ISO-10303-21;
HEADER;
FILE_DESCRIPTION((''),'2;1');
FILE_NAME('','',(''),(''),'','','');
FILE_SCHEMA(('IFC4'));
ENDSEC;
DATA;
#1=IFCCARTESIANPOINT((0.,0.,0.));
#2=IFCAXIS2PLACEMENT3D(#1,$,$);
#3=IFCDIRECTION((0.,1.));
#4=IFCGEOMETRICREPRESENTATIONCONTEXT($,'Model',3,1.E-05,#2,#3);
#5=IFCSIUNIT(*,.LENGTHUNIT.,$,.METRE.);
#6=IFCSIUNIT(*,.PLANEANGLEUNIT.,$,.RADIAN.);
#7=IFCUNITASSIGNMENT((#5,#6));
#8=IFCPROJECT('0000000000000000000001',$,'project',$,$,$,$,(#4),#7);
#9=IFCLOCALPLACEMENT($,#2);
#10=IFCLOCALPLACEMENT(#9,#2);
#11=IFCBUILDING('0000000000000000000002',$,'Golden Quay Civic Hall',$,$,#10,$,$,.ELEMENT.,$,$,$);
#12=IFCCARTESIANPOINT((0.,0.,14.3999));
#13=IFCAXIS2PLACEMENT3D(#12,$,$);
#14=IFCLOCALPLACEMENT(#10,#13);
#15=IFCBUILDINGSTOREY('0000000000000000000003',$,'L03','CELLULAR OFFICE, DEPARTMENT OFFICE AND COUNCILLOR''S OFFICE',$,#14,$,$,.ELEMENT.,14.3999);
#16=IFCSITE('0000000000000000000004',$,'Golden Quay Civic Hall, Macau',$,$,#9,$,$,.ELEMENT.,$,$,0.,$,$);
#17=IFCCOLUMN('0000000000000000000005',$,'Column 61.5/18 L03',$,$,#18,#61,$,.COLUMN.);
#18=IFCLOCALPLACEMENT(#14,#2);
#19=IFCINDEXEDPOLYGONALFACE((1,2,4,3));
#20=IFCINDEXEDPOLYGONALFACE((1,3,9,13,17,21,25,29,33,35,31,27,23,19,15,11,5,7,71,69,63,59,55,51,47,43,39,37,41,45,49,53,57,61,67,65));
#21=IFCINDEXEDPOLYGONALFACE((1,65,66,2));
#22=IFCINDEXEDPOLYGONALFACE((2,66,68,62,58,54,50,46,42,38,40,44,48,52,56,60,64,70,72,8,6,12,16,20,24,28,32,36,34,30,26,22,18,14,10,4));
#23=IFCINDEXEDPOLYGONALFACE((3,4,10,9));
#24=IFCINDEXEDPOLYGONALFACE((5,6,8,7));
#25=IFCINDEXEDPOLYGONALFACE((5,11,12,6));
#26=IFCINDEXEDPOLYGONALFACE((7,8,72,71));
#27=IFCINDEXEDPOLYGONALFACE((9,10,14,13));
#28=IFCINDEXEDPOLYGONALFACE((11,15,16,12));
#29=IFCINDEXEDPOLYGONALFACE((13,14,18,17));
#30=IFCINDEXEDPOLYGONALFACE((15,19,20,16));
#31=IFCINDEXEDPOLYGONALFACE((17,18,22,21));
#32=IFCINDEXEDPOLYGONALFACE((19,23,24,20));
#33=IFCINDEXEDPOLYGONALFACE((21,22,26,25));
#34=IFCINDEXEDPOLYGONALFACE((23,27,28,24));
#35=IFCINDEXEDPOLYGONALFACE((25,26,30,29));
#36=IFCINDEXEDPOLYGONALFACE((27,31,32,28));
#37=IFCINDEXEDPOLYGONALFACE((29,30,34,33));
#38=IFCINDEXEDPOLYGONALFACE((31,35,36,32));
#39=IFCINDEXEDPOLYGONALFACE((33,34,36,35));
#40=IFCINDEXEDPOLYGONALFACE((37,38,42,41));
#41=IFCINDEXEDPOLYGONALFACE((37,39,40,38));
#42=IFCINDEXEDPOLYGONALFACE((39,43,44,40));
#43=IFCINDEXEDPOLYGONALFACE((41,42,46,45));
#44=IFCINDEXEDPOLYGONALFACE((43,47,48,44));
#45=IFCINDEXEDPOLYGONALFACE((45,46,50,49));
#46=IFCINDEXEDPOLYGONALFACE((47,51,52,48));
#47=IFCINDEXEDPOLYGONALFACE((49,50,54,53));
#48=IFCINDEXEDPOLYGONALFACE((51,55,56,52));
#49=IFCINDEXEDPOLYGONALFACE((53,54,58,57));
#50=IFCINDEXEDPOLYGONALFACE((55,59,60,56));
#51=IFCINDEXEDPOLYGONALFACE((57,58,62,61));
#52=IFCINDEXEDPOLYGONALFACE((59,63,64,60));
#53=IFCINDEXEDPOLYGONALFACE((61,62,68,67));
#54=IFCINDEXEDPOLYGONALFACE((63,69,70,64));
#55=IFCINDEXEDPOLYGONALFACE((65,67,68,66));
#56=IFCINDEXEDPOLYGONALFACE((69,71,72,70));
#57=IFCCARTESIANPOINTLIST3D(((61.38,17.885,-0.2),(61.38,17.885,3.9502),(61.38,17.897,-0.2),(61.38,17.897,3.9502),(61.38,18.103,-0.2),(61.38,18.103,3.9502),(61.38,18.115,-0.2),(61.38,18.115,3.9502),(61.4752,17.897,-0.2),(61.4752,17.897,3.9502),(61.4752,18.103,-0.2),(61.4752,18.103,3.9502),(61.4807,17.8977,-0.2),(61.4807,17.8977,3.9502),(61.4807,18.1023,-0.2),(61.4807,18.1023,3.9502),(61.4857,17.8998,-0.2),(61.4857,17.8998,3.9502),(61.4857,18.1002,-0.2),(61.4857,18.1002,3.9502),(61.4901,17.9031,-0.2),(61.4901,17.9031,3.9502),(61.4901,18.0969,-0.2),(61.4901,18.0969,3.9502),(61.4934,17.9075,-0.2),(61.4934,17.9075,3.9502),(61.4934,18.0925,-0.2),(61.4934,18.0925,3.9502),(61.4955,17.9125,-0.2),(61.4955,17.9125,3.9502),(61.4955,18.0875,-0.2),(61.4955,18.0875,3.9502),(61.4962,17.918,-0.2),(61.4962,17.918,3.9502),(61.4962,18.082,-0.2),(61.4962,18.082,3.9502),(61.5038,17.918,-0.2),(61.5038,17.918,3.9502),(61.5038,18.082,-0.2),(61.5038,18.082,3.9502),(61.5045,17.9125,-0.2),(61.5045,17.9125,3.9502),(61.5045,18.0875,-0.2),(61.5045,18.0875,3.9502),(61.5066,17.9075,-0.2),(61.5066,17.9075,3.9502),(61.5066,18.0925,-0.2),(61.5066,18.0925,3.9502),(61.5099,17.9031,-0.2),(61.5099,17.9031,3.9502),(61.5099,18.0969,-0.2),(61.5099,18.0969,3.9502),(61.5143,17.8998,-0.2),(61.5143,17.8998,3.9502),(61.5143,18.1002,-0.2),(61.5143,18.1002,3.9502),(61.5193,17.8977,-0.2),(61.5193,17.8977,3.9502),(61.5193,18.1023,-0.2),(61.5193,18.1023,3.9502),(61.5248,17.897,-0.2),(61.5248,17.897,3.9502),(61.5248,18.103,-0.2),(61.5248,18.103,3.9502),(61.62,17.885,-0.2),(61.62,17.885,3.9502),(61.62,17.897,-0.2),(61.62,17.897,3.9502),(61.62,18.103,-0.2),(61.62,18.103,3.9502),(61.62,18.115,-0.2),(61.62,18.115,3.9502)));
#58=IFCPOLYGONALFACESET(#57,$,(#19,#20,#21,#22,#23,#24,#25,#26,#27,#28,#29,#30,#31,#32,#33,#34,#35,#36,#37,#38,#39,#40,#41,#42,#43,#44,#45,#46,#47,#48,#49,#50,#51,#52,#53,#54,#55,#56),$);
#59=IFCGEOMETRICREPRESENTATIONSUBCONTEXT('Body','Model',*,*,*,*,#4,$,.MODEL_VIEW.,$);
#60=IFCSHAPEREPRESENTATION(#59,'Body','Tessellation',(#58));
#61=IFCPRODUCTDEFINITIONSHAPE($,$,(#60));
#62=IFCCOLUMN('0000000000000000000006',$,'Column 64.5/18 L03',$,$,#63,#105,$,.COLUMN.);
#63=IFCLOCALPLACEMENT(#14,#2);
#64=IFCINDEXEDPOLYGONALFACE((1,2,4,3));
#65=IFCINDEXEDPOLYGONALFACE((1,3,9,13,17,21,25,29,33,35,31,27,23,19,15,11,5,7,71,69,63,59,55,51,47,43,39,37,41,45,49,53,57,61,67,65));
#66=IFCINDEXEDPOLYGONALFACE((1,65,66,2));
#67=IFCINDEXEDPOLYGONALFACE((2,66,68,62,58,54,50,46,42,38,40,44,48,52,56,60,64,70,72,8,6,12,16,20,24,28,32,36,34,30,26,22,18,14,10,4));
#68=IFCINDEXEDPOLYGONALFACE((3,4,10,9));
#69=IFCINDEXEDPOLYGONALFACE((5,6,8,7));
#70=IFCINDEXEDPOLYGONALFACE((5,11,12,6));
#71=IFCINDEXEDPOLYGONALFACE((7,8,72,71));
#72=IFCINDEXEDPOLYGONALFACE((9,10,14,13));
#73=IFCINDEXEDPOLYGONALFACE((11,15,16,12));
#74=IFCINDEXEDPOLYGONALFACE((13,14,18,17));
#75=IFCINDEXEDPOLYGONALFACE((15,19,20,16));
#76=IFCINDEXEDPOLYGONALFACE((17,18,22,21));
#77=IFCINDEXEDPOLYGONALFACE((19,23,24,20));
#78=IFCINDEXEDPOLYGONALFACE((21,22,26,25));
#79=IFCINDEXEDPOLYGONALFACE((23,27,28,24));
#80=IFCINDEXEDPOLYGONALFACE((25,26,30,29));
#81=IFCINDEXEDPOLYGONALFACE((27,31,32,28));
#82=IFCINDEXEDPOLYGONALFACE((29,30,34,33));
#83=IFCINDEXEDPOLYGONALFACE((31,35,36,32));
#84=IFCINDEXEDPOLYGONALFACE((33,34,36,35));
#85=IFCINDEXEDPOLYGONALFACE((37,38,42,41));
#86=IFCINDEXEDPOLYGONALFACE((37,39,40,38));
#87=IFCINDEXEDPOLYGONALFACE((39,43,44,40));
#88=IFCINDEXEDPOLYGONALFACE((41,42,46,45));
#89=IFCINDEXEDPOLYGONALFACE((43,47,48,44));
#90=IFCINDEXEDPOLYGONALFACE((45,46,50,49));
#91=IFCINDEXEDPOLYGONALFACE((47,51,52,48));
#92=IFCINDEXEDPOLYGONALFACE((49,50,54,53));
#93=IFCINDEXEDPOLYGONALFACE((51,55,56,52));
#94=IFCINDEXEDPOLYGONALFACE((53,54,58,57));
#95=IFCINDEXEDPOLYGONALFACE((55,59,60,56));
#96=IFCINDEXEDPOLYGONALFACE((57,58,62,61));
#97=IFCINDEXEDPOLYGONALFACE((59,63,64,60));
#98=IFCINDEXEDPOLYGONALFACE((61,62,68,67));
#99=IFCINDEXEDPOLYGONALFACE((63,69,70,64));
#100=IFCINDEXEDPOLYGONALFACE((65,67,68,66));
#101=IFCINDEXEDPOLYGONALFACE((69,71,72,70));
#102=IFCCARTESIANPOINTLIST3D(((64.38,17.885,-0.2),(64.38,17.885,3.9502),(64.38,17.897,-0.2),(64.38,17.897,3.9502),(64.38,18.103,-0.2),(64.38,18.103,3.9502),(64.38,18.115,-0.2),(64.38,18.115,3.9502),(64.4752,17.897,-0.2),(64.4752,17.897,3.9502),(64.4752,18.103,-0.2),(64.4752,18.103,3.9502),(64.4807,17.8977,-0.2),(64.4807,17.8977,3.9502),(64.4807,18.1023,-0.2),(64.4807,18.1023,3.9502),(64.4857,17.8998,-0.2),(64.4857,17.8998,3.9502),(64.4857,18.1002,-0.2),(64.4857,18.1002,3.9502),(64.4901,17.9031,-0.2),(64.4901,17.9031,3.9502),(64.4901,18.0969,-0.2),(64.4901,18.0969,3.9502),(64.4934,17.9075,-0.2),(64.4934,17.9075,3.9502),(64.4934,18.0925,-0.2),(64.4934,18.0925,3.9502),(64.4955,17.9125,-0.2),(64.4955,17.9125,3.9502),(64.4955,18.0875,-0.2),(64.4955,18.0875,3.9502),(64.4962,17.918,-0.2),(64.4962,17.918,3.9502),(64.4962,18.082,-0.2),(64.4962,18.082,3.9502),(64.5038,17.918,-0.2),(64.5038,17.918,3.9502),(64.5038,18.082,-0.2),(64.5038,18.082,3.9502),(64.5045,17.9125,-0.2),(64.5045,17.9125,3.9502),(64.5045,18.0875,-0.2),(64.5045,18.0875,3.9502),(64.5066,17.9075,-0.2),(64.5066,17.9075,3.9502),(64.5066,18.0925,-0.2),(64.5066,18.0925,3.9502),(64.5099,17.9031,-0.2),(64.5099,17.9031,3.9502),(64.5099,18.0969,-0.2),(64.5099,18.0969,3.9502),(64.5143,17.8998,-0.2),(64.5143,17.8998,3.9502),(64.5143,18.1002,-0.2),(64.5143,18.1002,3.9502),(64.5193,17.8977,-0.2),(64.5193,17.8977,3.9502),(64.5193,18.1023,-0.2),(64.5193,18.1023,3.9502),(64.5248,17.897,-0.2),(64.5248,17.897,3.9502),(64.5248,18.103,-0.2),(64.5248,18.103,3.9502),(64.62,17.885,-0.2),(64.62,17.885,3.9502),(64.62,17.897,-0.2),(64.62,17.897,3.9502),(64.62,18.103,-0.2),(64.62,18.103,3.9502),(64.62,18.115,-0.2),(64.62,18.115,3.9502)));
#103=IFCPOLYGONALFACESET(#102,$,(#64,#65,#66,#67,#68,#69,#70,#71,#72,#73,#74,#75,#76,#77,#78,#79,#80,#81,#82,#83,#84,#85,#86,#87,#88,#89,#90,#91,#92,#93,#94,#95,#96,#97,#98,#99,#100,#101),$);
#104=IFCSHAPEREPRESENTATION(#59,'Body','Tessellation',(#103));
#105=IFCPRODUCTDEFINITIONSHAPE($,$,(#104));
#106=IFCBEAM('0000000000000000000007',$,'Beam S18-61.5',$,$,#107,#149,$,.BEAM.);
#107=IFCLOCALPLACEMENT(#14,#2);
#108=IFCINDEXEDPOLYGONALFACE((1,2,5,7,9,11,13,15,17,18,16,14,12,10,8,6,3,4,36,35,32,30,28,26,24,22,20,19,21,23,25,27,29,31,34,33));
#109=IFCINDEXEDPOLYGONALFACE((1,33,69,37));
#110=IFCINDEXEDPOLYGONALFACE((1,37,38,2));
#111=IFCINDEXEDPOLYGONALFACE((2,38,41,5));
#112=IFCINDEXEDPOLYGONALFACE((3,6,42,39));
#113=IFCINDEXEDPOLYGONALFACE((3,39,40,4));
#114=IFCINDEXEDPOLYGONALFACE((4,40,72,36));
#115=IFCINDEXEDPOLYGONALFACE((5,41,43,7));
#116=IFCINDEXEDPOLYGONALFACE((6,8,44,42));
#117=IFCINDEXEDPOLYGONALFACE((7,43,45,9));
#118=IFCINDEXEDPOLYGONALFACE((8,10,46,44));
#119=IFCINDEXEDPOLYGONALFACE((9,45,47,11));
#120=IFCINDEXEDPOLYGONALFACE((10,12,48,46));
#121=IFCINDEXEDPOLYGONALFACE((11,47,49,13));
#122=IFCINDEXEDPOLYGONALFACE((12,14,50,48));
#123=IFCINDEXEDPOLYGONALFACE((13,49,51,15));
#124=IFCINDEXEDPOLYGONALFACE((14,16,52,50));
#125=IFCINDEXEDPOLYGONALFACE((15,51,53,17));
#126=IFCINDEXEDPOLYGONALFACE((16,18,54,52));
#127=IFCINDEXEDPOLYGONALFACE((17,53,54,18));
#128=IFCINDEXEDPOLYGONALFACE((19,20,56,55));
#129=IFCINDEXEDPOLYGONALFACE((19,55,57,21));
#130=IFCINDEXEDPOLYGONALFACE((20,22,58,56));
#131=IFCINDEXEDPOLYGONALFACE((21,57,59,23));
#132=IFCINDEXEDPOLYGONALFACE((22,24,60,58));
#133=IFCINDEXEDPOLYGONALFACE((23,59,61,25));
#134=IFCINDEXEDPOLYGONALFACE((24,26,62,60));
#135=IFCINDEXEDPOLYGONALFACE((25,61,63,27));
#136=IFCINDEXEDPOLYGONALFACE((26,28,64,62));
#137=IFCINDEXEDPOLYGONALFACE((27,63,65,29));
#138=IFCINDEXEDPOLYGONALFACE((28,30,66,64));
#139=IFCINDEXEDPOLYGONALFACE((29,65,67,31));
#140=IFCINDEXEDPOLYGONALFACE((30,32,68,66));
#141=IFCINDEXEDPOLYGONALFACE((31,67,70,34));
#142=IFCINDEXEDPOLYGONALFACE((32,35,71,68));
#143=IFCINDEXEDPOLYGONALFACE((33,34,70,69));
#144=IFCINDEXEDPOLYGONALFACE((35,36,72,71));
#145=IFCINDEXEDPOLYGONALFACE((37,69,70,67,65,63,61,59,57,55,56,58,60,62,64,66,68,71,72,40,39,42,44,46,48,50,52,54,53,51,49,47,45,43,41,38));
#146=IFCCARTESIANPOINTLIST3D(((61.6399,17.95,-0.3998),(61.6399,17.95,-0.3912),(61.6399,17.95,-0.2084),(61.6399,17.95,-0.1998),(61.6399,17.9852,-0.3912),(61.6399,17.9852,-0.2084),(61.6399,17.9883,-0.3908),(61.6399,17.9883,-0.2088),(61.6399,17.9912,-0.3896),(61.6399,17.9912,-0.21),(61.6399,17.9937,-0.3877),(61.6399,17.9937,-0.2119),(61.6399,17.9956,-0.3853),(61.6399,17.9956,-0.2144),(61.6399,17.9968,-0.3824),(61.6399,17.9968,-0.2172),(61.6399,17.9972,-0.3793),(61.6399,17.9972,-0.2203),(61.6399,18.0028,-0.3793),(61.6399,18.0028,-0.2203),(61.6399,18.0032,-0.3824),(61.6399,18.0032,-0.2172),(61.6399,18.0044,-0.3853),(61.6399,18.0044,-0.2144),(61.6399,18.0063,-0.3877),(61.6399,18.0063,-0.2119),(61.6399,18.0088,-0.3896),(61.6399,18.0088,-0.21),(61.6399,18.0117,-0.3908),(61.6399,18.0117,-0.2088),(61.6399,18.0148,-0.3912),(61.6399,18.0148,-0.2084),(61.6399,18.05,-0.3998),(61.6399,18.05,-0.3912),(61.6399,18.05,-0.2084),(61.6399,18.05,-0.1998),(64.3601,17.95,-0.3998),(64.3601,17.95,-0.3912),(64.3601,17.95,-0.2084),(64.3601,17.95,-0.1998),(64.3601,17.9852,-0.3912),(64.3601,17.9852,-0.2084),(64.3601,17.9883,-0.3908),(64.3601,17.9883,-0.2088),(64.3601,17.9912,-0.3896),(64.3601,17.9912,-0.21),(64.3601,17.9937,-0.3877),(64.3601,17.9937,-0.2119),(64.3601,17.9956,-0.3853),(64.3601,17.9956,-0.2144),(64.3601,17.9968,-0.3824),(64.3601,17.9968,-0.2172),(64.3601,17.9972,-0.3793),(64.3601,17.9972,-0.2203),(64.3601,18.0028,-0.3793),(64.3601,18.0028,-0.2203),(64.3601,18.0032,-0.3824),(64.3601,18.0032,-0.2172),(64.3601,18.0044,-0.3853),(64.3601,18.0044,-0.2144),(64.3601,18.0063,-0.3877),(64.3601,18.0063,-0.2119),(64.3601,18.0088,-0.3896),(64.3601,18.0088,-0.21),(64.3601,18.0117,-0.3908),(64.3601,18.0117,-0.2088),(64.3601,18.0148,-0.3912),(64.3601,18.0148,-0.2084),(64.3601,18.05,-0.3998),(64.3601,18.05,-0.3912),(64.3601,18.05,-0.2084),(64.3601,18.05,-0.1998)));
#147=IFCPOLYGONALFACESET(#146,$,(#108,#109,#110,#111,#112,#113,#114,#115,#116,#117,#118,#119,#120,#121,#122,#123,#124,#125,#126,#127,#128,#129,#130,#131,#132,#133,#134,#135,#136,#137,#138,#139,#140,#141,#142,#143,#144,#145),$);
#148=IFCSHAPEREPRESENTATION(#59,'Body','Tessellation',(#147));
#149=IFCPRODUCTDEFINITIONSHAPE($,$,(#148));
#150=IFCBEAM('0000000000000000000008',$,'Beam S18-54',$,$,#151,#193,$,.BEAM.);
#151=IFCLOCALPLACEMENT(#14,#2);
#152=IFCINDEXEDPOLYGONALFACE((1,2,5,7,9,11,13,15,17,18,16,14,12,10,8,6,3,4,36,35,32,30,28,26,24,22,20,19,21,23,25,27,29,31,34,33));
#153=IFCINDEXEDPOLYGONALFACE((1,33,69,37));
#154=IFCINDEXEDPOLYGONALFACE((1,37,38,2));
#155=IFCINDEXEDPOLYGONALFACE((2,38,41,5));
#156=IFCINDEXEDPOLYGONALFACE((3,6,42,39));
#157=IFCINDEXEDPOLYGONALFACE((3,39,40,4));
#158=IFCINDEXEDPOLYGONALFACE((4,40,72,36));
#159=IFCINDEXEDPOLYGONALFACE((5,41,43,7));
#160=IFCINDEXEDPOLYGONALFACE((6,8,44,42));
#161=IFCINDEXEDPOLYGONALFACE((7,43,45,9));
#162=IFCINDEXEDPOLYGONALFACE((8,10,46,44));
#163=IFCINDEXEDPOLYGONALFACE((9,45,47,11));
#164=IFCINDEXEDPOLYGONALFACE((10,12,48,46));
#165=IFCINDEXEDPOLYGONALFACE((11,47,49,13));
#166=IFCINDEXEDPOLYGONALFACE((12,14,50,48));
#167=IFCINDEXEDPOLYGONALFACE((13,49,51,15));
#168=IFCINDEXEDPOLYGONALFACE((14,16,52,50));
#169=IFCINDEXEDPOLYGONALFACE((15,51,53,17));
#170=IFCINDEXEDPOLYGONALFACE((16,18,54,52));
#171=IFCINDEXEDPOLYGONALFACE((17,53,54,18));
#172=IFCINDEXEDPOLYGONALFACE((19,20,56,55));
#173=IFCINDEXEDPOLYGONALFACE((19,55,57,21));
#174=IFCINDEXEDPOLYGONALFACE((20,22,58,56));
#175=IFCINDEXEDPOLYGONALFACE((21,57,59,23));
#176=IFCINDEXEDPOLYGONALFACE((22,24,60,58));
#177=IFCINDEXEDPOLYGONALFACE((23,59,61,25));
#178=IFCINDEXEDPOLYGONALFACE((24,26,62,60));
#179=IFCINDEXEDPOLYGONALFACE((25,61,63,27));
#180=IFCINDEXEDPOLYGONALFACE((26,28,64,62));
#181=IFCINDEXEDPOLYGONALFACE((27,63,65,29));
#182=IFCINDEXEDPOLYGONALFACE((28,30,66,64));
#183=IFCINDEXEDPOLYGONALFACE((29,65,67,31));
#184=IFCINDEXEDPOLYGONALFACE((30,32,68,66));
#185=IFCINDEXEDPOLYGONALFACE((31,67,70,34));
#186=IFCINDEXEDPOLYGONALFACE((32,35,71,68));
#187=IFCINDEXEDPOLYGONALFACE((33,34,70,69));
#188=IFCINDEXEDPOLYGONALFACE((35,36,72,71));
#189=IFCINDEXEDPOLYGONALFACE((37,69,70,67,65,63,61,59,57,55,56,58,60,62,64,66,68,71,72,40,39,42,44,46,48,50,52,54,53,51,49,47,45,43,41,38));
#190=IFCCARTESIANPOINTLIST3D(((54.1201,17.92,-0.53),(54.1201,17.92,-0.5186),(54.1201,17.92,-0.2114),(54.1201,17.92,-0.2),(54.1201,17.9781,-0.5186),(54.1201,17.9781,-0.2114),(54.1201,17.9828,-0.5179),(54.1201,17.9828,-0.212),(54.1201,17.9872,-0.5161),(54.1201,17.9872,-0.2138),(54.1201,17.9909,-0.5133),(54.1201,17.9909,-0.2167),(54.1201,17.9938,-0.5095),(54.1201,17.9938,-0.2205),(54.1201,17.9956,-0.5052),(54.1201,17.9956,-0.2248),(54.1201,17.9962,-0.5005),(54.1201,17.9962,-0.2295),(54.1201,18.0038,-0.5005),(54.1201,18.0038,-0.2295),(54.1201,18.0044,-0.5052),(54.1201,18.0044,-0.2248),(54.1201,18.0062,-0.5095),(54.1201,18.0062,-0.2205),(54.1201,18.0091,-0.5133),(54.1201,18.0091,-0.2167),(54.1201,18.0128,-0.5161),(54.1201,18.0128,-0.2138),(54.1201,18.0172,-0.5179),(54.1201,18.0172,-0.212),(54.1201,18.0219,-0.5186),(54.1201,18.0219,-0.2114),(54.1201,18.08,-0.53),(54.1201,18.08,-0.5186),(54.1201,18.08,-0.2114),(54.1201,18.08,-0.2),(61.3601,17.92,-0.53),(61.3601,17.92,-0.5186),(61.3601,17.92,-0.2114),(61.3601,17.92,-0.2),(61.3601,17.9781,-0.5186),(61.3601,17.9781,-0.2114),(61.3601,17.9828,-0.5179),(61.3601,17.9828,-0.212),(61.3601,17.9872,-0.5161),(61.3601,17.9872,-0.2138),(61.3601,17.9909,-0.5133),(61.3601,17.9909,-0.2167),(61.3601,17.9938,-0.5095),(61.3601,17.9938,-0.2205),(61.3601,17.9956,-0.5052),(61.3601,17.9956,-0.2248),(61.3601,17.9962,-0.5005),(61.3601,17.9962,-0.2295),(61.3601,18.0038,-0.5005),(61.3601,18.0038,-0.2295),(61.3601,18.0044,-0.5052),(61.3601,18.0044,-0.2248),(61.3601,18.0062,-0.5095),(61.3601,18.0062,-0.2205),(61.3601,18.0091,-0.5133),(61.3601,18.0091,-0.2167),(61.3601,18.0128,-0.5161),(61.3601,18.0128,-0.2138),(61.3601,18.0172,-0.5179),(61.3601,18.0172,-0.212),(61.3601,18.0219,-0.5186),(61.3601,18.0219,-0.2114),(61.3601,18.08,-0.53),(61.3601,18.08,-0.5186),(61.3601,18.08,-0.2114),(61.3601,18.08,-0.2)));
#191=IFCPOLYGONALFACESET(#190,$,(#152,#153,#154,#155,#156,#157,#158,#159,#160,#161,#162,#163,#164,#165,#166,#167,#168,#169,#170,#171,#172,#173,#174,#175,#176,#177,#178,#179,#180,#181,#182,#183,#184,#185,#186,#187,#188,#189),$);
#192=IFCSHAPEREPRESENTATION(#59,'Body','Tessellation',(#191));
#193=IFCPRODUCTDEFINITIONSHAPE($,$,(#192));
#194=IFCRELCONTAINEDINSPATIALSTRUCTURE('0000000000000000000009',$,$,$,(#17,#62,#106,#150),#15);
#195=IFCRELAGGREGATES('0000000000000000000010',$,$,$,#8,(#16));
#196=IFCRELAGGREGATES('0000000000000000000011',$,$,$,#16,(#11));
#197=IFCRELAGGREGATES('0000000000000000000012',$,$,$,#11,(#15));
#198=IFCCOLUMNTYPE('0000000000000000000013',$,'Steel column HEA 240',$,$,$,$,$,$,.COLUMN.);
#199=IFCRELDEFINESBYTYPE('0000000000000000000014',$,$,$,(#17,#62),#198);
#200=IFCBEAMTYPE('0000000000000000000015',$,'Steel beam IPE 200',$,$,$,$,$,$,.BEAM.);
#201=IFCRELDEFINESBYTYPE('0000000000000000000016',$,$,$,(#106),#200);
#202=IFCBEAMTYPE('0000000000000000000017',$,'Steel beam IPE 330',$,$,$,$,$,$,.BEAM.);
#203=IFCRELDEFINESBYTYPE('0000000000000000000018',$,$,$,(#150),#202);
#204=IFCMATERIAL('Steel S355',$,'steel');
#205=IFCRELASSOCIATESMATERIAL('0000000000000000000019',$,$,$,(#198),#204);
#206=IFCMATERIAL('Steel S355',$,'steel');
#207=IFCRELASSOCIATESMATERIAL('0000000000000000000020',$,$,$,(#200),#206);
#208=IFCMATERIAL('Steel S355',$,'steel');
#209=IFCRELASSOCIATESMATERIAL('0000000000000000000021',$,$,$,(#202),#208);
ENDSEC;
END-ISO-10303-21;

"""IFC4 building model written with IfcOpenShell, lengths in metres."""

from ifc_helpers import new_model, si_unit, direction, frame, origin, origin_2d, place, context, subcontext, project, spatial, i_section, extrude, material, material_profile, profile_set, type_object, element, save


model = new_model("IFC4")

# Units and contexts
model_context = context("Model", 3, precision=1e-05, world=origin(), true_north=direction((0.0, 1.0)))
body_context = subcontext(model_context, "Body", "Model", "MODEL_VIEW")
ifc_project = project(units=[si_unit("LENGTHUNIT", "METRE"), si_unit("PLANEANGLEUNIT", "RADIAN")], contexts=[model_context])

# Site, building, storey
site_placement = place(None, origin())
site = spatial("IfcSite", under=ifc_project, at=site_placement, Name="Golden Quay Civic Hall, Macau", CompositionType="ELEMENT", RefElevation=0.0)
building_placement = place(site_placement, origin())
building = spatial("IfcBuilding", under=site, at=building_placement, Name="Golden Quay Civic Hall", CompositionType="ELEMENT")
storey_placement = place(building_placement, frame((0.0, 0.0, 14.3999)))
storey = spatial("IfcBuildingStorey", under=building, at=storey_placement, Name="L03", Description="CELLULAR OFFICE, DEPARTMENT OFFICE AND COUNCILLOR'S OFFICE", CompositionType="ELEMENT", Elevation=14.3999)

# Columns
ifc_material_1 = material(Name="Steel S355", Category="steel")
ifc_material_profile_1 = material_profile(ifc_material_1, i_section(OverallWidth=0.24, OverallDepth=0.23, WebThickness=0.0076, FlangeThickness=0.012, FilletRadius=0.021, at=origin_2d()), Name="HEA 240")
ifc_profile_set_1 = profile_set([ifc_material_profile_1], Name="Steel S355")
column_type = type_object("IfcColumnType", Name="Steel column HEA 240", PredefinedType="COLUMN", material=ifc_profile_set_1)
for number, where, z_axis, x_axis, name in (
    (1, (61.5, 18.0, -0.2), (0.0, 0.0, 1.0), (1.0, 0.0, 0.0), "Column 61.5/18 L03"),
    (2, (64.5, 18.0, -0.2), (0.0, 0.0, 1.0), (1.0, 0.0, 0.0), "Column 64.5/18 L03"),
):
    element("IfcColumn", number, at=place(storey_placement, frame(where, z_axis=z_axis, x_axis=x_axis)), inside=storey, type_object=column_type, Name=name, PredefinedType="COLUMN", context=body_context, shape_type="SweptSolid", body=[
        extrude(i_section(OverallWidth=0.24, OverallDepth=0.23, WebThickness=0.0076, FlangeThickness=0.012, FilletRadius=0.021, at=origin_2d()), origin(), (0.0, 0.0, 1.0), 4.1501),
    ])

# Beams
ifc_material_2 = material(Name="Steel S355", Category="steel")
ifc_material_profile_2 = material_profile(ifc_material_2, i_section(OverallWidth=0.1001, OverallDepth=0.2, WebThickness=0.0056, FlangeThickness=0.0085, FilletRadius=0.012, at=origin_2d()), Name="IPE 200")
ifc_profile_set_2 = profile_set([ifc_material_profile_2], Name="Steel S355")
beam_type_1 = type_object("IfcBeamType", Name="Steel beam IPE 200", PredefinedType="BEAM", material=ifc_profile_set_2)
beam_1_placement = place(storey_placement, frame((61.6399, 18.0, -0.2998), z_axis=(1.0, 0.0, 0.0), x_axis=(0.0, 1.0, 0.0)))
element("IfcBeam", 3, at=beam_1_placement, inside=storey, type_object=beam_type_1, Name="Beam S18-61.5", PredefinedType="BEAM", context=body_context, shape_type="SweptSolid", body=[
    extrude(i_section(OverallWidth=0.1001, OverallDepth=0.2, WebThickness=0.0056, FlangeThickness=0.0085, FilletRadius=0.012, at=origin_2d()), origin(), (0.0, 0.0, 1.0), 2.7202),
])
ifc_material_3 = material(Name="Steel S355", Category="steel")
ifc_material_profile_3 = material_profile(ifc_material_3, i_section(OverallWidth=0.1599, OverallDepth=0.3301, WebThickness=0.0076, FlangeThickness=0.0115, FilletRadius=0.0181, at=origin_2d()), Name="IPE 330")
ifc_profile_set_3 = profile_set([ifc_material_profile_3], Name="Steel S355")
beam_type_2 = type_object("IfcBeamType", Name="Steel beam IPE 330", PredefinedType="BEAM", material=ifc_profile_set_3)
beam_2_placement = place(storey_placement, frame((54.1201, 18.0, -0.365), z_axis=(1.0, 0.0, 0.0), x_axis=(0.0, 1.0, 0.0)))
element("IfcBeam", 4, at=beam_2_placement, inside=storey, type_object=beam_type_2, Name="Beam S18-54", PredefinedType="BEAM", context=body_context, shape_type="SweptSolid", body=[
    extrude(i_section(OverallWidth=0.1599, OverallDepth=0.3301, WebThickness=0.0076, FlangeThickness=0.0115, FilletRadius=0.0181, at=origin_2d()), origin(), (0.0, 0.0, 1.0), 7.24),
])

save(model, "model.ifc")
